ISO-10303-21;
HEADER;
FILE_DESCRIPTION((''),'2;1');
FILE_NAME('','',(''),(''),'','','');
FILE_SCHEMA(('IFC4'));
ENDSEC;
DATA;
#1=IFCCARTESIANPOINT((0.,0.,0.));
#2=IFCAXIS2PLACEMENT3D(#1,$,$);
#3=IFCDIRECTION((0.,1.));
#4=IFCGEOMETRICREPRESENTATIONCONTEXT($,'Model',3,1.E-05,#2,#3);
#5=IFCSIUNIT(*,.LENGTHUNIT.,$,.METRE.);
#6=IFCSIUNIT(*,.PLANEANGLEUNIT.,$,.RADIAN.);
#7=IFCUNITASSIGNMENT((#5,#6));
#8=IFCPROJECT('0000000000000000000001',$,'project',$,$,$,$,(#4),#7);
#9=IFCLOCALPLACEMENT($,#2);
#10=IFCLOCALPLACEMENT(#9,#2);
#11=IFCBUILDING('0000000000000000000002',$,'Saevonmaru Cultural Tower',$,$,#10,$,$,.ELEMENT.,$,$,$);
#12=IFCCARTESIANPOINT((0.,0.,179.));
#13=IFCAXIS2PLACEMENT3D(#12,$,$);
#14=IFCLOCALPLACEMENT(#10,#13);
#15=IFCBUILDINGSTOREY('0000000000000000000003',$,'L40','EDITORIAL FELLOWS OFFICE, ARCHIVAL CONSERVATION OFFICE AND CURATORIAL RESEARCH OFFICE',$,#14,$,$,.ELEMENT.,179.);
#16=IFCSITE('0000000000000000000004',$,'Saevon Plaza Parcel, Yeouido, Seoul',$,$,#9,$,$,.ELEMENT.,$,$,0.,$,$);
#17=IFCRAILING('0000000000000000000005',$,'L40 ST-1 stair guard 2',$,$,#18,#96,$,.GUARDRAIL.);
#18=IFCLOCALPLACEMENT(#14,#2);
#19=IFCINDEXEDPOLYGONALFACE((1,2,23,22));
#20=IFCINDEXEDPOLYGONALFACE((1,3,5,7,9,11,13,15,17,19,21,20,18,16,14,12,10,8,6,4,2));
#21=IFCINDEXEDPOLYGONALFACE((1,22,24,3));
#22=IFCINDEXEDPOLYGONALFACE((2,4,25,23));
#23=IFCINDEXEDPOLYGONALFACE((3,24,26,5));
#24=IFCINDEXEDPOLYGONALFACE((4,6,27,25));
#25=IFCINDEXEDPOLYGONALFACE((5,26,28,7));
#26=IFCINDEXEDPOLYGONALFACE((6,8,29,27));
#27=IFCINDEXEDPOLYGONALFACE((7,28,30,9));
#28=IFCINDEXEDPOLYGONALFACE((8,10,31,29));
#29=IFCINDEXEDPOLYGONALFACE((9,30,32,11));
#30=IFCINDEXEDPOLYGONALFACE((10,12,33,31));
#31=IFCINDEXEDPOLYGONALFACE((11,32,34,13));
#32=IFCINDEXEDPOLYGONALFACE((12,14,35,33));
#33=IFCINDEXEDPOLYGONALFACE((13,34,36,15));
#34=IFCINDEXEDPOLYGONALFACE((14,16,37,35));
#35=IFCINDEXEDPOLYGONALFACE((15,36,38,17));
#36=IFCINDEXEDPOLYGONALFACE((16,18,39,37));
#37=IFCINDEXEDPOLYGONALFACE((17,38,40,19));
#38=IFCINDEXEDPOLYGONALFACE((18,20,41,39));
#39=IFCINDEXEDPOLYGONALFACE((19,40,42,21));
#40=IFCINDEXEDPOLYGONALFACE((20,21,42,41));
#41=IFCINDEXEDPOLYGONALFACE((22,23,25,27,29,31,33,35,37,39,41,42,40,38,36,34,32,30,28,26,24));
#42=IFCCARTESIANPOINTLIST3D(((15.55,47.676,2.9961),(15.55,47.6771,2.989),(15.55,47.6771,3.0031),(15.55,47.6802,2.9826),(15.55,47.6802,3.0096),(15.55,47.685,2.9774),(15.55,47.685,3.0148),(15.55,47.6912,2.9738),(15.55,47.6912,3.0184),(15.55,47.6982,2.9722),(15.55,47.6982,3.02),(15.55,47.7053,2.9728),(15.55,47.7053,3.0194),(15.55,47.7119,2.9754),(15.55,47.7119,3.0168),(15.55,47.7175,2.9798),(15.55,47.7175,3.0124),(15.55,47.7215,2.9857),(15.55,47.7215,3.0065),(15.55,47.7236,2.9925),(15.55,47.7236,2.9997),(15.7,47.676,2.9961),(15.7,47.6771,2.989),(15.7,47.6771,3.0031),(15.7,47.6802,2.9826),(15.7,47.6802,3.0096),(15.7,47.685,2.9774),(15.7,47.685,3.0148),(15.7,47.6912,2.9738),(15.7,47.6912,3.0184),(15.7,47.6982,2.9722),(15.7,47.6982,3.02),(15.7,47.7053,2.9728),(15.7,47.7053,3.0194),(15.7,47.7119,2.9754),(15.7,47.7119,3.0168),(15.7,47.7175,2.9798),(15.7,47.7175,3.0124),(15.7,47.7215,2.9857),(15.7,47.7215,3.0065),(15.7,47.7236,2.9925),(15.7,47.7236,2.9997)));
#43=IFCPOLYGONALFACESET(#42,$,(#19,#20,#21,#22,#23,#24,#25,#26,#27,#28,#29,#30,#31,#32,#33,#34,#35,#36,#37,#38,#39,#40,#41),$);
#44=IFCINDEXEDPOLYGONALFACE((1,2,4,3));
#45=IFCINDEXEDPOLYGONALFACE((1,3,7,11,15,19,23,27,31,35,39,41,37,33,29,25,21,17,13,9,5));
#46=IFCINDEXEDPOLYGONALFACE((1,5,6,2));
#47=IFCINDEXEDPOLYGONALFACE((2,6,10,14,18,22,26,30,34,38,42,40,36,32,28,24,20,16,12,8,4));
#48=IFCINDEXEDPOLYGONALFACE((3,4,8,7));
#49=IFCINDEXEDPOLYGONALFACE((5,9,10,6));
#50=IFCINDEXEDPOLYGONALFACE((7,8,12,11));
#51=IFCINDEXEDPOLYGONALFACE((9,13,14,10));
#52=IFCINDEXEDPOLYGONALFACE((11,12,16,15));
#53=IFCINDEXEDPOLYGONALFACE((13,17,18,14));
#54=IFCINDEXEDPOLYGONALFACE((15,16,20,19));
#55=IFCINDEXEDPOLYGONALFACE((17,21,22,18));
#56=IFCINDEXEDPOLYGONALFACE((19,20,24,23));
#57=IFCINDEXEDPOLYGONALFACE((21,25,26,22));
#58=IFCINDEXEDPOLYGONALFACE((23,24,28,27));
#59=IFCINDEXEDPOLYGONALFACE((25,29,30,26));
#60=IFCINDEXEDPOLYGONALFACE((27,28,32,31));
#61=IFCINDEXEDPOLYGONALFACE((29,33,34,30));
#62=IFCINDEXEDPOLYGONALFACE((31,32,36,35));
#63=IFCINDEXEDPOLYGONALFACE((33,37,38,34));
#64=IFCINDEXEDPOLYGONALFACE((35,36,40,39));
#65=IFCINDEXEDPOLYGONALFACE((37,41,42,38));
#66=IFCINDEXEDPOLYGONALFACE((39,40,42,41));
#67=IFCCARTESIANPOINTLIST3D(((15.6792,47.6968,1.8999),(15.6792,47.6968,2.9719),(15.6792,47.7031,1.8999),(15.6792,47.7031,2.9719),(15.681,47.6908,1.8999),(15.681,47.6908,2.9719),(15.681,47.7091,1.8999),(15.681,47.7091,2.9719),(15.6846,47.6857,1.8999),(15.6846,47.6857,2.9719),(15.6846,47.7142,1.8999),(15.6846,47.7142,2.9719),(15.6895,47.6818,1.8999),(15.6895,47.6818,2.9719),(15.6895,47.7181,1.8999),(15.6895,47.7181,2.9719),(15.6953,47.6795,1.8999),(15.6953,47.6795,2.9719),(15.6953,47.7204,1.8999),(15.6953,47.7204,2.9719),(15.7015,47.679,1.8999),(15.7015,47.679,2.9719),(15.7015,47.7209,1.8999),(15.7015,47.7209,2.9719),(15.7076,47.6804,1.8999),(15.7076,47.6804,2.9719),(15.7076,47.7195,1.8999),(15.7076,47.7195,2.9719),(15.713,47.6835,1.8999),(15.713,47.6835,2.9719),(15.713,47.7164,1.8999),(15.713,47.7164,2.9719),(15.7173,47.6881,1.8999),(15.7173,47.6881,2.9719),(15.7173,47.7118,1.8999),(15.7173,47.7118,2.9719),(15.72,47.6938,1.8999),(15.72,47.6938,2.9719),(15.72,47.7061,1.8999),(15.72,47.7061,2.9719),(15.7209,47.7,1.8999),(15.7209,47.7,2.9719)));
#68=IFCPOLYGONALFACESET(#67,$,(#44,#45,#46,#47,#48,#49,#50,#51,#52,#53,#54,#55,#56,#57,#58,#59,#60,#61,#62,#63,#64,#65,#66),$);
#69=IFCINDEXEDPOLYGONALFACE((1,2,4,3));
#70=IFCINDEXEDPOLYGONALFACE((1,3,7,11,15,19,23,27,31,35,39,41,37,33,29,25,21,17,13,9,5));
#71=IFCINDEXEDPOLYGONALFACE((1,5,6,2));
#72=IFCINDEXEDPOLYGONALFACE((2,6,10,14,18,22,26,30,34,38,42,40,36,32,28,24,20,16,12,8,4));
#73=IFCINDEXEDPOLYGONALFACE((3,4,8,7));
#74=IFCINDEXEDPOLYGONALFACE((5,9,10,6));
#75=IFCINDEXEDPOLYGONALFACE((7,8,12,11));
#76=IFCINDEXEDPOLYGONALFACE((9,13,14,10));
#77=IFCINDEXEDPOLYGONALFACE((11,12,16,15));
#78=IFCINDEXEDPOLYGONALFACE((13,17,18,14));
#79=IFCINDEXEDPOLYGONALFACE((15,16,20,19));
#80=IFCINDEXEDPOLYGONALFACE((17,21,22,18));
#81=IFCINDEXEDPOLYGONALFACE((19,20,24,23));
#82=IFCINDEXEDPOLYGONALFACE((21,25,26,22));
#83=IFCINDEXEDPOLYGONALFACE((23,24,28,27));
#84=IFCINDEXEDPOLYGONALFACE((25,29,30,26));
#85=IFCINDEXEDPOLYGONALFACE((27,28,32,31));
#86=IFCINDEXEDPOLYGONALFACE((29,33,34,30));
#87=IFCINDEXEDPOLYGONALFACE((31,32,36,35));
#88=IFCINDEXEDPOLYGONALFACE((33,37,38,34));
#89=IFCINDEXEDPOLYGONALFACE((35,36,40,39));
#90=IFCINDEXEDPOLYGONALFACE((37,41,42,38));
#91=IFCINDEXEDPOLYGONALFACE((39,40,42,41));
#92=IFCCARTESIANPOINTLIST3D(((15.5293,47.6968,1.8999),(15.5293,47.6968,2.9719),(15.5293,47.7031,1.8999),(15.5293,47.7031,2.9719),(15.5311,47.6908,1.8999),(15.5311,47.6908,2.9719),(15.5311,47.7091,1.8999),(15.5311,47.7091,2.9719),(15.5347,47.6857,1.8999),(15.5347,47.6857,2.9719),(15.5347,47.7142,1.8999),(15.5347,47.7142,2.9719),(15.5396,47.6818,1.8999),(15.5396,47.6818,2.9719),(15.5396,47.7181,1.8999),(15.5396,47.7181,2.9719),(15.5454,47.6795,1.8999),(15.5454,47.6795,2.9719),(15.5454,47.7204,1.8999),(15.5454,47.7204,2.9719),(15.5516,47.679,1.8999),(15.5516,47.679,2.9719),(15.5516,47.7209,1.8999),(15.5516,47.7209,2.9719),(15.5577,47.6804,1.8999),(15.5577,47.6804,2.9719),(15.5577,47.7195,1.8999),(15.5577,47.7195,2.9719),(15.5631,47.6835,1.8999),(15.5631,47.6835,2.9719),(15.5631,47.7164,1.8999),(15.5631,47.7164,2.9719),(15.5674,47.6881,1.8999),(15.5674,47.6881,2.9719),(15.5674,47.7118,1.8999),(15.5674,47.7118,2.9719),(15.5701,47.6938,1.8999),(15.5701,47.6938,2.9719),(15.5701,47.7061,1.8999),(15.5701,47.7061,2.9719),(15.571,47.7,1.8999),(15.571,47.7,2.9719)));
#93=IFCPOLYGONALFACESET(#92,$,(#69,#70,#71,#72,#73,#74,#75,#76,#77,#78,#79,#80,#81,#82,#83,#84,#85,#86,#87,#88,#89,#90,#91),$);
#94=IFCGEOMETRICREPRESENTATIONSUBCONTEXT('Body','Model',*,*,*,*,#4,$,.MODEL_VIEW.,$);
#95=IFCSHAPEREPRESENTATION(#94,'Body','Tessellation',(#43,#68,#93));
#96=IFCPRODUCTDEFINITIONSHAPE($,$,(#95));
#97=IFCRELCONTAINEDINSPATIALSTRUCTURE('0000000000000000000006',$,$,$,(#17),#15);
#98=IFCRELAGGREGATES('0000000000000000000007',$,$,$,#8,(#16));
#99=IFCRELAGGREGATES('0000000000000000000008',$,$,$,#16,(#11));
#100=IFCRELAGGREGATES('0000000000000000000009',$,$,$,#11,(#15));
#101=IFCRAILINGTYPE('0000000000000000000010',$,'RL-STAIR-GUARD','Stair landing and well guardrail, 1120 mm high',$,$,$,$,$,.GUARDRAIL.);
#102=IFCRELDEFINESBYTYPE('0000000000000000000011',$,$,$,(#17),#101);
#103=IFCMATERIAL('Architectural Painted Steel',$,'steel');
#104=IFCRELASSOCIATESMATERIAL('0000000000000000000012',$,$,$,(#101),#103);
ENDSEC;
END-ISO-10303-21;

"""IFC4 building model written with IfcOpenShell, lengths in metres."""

from ifc_helpers import new_model, si_unit, direction, frame, origin, origin_2d, place, context, subcontext, project, spatial, circle, extrude, material, type_object, element, save


model = new_model("IFC4")

# Units and contexts
model_context = context("Model", 3, precision=1e-05, world=origin(), true_north=direction((0.0, 1.0)))
body_context = subcontext(model_context, "Body", "Model", "MODEL_VIEW")
ifc_project = project(units=[si_unit("LENGTHUNIT", "METRE"), si_unit("PLANEANGLEUNIT", "RADIAN")], contexts=[model_context])

# Site, building, storey
site_placement = place(None, origin())
site = spatial("IfcSite", under=ifc_project, at=site_placement, Name="Saevon Plaza Parcel, Yeouido, Seoul", CompositionType="ELEMENT", RefElevation=0.0)
building_placement = place(site_placement, origin())
building = spatial("IfcBuilding", under=site, at=building_placement, Name="Saevonmaru Cultural Tower", CompositionType="ELEMENT")
storey_placement = place(building_placement, frame((0.0, 0.0, 179.0)))
storey = spatial("IfcBuildingStorey", under=building, at=storey_placement, Name="L40", Description="EDITORIAL FELLOWS OFFICE, ARCHIVAL CONSERVATION OFFICE AND CURATORIAL RESEARCH OFFICE", CompositionType="ELEMENT", Elevation=179.0)

# Railing
ifc_material_1 = material(Name="Architectural Painted Steel", Category="steel")
railing_type_1 = type_object("IfcRailingType", Name="RL-STAIR-GUARD", Description="Stair landing and well guardrail, 1120 mm high", PredefinedType="GUARDRAIL", material=ifc_material_1)
railing_1_placement = place(storey_placement, frame((15.7, 47.7, 1.8999)))
element("IfcRailing", 1, at=railing_1_placement, inside=storey, type_object=railing_type_1, Name="L40 ST-1 stair guard 2", PredefinedType="GUARDRAIL", context=body_context, shape_type="SweptSolid", body=[
    extrude(circle(Radius=0.0239, at=origin_2d()), frame((0.0, 0.0, 1.0962), z_axis=(-1.0, 0.0, 0.0), x_axis=(0.0, -1.0, 0.0)), (0.0, 0.0, 1.0), 0.1499),
    extrude(circle(Radius=0.021, at=origin_2d()), origin(), (0.0, 0.0, 1.0), 1.072),
    extrude(circle(Radius=0.021, at=origin_2d()), frame((-0.1499, 0.0, 0.0)), (0.0, 0.0, 1.0), 1.072),
])

save(model, "model.ifc")
